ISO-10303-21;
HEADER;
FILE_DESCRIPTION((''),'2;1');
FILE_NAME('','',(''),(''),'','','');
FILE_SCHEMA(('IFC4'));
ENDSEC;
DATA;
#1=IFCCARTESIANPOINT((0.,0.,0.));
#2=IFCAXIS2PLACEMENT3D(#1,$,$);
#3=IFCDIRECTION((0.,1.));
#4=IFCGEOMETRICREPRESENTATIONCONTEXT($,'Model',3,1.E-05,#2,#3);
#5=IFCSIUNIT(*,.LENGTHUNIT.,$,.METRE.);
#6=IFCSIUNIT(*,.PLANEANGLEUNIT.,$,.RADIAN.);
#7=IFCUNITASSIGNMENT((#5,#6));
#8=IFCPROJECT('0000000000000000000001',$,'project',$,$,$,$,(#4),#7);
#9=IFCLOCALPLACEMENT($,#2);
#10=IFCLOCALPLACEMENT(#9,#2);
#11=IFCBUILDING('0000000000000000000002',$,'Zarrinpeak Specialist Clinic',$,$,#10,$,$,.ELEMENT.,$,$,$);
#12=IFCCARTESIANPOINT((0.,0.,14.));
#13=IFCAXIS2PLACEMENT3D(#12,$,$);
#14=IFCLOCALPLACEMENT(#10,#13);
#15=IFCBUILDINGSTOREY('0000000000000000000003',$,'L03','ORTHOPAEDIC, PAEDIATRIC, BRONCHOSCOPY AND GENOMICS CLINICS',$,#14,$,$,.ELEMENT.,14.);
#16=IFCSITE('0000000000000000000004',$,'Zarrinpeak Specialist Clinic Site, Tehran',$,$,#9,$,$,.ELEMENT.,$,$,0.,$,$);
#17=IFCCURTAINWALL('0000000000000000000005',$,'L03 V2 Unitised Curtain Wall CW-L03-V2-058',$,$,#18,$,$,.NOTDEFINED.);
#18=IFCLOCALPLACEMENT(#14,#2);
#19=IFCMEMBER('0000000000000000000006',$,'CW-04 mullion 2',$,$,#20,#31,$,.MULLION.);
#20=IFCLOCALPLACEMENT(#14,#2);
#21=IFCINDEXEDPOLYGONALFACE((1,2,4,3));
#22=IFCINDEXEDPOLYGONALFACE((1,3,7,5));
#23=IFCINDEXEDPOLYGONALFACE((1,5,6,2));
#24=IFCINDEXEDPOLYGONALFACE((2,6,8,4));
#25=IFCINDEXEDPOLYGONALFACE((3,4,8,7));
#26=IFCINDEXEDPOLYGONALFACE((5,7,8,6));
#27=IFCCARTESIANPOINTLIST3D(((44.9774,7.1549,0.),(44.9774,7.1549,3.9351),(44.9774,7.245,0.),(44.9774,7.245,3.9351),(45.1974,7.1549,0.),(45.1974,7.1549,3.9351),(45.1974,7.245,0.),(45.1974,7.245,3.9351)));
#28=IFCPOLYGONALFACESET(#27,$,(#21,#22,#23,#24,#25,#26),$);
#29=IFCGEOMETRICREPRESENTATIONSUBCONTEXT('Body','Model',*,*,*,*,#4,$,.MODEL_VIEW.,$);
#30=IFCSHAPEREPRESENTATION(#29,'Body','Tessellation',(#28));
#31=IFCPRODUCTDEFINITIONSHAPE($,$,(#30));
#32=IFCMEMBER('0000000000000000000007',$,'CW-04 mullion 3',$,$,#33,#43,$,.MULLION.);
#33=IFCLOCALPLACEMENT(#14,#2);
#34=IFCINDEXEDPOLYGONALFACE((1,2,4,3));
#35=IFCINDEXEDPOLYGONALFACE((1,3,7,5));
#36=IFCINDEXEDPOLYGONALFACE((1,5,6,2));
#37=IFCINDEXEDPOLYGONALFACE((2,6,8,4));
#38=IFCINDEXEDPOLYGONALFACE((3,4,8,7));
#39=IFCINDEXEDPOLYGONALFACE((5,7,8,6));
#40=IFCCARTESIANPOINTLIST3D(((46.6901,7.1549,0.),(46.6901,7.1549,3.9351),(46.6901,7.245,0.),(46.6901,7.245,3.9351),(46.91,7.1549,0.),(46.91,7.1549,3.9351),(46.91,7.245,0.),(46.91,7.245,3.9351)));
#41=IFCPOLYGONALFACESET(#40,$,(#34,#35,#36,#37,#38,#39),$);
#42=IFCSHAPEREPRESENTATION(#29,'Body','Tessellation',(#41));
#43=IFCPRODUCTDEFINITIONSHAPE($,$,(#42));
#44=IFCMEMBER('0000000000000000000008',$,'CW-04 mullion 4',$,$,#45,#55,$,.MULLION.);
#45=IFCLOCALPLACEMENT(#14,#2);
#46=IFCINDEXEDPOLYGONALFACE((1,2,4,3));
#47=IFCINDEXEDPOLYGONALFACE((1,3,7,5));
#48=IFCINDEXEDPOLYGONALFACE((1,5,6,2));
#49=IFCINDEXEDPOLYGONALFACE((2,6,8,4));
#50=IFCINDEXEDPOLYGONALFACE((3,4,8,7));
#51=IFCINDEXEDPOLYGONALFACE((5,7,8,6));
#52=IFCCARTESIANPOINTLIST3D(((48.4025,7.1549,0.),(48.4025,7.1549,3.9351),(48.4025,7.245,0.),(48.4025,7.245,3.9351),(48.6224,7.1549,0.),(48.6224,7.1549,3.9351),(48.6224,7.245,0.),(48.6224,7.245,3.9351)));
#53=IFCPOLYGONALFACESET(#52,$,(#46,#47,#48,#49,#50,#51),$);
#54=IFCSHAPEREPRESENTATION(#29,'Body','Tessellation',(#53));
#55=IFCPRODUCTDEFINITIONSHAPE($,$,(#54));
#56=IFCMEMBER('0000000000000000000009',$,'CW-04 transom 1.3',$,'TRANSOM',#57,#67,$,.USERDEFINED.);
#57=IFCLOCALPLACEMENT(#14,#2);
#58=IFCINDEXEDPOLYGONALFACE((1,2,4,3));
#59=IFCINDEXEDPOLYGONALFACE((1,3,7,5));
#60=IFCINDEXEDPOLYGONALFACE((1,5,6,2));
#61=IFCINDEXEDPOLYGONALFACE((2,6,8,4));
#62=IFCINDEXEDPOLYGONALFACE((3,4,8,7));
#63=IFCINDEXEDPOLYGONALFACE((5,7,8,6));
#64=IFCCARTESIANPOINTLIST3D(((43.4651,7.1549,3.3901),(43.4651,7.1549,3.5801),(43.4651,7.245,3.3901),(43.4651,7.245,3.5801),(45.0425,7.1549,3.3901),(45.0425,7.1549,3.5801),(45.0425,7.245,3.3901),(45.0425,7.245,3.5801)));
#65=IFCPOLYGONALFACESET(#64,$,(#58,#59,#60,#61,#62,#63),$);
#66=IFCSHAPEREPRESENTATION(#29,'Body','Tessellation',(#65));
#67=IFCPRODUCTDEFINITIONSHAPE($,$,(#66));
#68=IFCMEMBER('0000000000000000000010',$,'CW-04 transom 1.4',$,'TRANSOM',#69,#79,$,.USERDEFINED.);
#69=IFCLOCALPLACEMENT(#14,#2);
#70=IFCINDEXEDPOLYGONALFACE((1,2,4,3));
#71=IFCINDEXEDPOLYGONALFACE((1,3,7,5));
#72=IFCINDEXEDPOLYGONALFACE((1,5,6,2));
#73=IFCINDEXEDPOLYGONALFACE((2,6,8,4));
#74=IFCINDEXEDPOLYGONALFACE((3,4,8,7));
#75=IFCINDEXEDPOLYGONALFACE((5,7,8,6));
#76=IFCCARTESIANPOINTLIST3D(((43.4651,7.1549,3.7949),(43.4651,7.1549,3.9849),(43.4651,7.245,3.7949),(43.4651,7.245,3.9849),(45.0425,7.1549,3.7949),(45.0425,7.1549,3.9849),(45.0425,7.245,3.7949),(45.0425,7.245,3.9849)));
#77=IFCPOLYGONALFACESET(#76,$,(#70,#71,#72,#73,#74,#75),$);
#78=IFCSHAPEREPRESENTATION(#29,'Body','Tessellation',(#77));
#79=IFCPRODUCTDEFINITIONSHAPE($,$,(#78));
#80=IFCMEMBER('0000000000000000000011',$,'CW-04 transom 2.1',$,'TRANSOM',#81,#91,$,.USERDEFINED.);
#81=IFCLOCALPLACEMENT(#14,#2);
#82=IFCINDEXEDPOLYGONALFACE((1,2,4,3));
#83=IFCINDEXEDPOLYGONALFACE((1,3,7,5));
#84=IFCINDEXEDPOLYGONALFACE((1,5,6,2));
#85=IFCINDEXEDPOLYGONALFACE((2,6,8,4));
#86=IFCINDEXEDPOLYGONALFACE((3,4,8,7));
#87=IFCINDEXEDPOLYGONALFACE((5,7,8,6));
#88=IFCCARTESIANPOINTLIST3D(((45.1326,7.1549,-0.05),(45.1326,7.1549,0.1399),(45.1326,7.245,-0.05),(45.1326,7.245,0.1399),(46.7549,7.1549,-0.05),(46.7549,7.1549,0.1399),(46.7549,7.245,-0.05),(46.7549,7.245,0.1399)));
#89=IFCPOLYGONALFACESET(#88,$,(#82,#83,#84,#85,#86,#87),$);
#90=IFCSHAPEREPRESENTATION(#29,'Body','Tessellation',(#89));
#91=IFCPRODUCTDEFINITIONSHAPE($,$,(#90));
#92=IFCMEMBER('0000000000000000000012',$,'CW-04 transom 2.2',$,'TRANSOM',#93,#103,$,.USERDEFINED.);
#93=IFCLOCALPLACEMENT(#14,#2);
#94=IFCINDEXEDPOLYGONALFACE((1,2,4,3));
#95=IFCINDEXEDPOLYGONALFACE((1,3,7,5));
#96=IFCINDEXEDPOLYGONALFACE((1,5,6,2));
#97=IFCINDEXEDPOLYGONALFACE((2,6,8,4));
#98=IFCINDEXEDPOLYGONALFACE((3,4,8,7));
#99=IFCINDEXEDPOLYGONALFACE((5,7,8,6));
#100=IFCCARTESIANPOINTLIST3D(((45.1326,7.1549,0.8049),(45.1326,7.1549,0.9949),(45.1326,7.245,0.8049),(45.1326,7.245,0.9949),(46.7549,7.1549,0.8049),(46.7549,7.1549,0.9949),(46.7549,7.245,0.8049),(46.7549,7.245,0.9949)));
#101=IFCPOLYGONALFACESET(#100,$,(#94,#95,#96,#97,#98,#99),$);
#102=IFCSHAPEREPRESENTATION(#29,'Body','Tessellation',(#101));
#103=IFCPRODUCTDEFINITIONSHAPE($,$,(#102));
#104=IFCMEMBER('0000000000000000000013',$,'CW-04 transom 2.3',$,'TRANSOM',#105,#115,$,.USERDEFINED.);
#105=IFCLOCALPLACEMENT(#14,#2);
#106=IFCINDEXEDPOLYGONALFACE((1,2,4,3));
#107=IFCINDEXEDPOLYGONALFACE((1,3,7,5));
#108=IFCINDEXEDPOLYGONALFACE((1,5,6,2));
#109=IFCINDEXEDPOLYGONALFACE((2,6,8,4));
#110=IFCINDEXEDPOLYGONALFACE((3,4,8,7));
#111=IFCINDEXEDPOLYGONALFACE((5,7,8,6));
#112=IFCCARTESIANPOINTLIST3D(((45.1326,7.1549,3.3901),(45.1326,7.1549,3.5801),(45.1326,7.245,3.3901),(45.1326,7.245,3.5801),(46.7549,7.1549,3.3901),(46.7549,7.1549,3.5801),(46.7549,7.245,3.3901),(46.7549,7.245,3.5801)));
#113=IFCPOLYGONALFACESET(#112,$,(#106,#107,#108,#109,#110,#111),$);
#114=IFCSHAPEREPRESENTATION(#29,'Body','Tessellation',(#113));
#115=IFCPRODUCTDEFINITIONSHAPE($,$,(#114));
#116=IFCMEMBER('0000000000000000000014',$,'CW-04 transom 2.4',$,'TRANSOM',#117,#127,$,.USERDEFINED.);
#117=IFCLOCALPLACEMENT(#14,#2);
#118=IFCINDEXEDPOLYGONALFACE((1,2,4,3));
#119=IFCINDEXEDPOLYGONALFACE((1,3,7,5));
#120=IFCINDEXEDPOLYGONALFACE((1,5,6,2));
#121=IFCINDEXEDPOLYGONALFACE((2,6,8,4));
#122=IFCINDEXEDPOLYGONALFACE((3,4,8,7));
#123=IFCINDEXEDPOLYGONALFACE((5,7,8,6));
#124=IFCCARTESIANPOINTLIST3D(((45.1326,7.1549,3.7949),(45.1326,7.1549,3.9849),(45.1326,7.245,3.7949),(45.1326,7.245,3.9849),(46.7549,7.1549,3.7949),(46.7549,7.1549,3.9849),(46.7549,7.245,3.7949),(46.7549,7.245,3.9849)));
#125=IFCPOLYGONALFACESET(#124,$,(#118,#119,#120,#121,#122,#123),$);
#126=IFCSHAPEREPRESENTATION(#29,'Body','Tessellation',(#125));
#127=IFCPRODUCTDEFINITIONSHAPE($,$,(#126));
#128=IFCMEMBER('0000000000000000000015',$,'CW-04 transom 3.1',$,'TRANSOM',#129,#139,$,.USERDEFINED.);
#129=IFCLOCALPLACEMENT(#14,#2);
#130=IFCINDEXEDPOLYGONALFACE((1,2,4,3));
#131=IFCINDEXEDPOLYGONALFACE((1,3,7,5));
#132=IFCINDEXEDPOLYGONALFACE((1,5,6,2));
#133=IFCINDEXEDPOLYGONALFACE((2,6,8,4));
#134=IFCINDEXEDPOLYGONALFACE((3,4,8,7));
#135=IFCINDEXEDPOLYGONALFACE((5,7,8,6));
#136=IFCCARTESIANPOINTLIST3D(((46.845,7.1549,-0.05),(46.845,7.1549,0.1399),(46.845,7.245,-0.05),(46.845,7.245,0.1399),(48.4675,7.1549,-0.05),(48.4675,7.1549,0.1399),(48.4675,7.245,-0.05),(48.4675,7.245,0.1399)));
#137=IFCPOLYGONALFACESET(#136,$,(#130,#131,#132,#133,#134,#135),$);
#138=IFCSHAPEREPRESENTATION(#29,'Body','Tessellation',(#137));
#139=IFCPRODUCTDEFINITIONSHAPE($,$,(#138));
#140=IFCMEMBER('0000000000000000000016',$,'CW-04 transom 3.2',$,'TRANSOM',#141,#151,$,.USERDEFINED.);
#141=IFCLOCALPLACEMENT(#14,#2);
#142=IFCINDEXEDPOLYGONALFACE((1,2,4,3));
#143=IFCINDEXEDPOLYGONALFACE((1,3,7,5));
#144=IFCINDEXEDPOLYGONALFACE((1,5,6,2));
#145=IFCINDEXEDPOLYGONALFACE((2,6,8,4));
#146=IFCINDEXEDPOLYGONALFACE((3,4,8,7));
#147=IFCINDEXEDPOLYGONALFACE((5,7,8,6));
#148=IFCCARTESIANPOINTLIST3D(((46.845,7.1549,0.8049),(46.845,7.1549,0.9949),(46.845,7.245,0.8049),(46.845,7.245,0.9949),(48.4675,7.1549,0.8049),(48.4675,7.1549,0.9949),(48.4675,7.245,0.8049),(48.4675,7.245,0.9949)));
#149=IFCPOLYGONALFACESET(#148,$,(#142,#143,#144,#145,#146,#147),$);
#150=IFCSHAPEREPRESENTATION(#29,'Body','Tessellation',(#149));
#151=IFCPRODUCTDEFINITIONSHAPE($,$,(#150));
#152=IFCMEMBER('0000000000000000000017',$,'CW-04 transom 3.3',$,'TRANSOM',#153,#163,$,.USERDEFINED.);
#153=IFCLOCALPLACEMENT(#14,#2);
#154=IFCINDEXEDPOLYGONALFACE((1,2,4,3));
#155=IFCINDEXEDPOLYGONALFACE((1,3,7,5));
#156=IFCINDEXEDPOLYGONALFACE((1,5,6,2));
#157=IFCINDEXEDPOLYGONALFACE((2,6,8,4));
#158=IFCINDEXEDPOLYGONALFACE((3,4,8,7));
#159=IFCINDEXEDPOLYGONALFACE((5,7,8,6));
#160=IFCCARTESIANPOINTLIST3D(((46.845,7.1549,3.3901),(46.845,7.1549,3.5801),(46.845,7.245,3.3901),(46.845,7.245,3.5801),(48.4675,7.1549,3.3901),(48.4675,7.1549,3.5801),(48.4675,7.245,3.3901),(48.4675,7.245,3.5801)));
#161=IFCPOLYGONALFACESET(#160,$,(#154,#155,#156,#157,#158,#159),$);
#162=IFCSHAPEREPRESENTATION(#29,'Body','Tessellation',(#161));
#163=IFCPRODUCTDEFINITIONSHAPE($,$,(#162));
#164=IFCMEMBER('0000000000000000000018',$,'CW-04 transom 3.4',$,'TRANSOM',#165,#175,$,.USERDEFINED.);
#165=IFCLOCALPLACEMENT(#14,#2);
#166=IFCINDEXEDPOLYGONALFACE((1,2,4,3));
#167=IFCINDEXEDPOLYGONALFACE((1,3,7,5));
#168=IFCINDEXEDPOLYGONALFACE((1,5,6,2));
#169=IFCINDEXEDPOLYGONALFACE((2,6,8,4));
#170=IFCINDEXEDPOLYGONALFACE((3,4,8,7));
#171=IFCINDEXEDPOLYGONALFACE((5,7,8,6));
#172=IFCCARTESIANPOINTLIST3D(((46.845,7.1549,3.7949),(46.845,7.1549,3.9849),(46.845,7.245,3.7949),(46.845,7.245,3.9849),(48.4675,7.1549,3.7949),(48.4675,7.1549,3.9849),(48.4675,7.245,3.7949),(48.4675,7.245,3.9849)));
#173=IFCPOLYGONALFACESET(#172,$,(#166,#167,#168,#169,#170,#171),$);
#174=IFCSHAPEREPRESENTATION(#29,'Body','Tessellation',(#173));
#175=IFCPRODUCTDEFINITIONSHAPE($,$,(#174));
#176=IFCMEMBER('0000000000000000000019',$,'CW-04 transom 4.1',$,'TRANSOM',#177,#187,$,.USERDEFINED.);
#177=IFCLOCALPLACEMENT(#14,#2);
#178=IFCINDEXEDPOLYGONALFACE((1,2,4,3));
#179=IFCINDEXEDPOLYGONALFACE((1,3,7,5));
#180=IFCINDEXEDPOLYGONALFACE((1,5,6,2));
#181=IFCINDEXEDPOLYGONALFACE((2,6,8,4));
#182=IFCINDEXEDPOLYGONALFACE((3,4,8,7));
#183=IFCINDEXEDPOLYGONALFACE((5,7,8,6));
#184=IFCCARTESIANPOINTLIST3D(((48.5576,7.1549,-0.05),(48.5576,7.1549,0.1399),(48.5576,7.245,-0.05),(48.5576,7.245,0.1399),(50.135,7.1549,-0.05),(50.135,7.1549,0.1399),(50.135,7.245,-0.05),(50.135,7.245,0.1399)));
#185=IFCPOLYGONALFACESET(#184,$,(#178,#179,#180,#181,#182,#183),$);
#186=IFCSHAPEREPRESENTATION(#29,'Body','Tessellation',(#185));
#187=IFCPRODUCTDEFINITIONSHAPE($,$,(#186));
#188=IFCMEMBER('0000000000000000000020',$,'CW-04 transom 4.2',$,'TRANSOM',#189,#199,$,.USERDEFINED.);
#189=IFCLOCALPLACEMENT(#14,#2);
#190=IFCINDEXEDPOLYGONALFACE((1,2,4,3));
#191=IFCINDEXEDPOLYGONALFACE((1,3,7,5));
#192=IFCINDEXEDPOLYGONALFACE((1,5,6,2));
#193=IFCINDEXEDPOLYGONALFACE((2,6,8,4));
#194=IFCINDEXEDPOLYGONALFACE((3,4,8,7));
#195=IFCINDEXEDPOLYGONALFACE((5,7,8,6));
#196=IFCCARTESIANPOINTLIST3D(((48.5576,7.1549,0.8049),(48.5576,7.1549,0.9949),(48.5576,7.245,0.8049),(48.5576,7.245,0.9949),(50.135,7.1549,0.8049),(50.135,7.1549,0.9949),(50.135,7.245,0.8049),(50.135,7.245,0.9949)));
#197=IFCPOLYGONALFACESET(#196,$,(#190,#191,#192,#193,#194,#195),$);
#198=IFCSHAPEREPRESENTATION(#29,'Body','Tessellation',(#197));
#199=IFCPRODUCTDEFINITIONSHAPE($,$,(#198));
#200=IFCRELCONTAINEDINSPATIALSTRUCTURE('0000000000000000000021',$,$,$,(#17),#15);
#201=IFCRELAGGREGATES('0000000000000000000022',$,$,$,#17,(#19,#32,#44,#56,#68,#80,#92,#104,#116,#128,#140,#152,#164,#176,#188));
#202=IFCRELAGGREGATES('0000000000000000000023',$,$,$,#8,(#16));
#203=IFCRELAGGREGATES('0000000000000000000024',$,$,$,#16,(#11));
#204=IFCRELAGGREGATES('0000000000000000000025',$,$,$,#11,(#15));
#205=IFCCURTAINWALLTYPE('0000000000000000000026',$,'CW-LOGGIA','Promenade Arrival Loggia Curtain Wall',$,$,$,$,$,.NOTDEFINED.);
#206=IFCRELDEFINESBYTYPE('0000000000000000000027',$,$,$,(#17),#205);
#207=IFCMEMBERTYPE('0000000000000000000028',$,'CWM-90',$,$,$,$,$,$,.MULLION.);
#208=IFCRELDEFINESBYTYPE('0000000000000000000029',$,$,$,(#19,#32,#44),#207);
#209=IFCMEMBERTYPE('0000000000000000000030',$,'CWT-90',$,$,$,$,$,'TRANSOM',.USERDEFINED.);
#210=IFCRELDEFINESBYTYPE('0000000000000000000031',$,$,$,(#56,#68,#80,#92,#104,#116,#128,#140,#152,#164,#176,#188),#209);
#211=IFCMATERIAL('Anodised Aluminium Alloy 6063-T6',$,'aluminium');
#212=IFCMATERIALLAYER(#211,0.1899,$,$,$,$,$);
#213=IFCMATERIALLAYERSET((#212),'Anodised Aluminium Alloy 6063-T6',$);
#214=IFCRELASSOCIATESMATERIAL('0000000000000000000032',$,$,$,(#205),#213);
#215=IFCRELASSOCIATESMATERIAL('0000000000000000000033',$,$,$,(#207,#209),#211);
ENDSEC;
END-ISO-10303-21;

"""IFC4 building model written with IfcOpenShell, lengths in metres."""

from ifc_helpers import new_model, si_unit, direction, frame, origin, origin_2d, place, context, subcontext, project, spatial, rectangle, extrude, material, layer, layer_set, material_profile, profile_set, type_object, element, aggregate, save


model = new_model("IFC4")

# Units and contexts
model_context = context("Model", 3, precision=1e-05, world=origin(), true_north=direction((0.0, 1.0)))
body_context = subcontext(model_context, "Body", "Model", "MODEL_VIEW")
ifc_project = project(units=[si_unit("LENGTHUNIT", "METRE"), si_unit("PLANEANGLEUNIT", "RADIAN")], contexts=[model_context])

# Site, building, storey
site_placement = place(None, origin())
site = spatial("IfcSite", under=ifc_project, at=site_placement, Name="Zarrinpeak Specialist Clinic Site, Tehran", CompositionType="ELEMENT", RefElevation=0.0)
building_placement = place(site_placement, origin())
building = spatial("IfcBuilding", under=site, at=building_placement, Name="Zarrinpeak Specialist Clinic", CompositionType="ELEMENT")
storey_placement = place(building_placement, frame((0.0, 0.0, 14.0)))
storey = spatial("IfcBuildingStorey", under=building, at=storey_placement, Name="L03", Description="ORTHOPAEDIC, PAEDIATRIC, BRONCHOSCOPY AND GENOMICS CLINICS", CompositionType="ELEMENT", Elevation=14.0)

# Curtain wall, members
ifc_material_1 = material(Name="Anodised Aluminium Alloy 6063-T6", Category="aluminium")
ifc_layer_1 = layer(ifc_material_1, 0.1899)
ifc_layer_set_1 = layer_set([ifc_layer_1], Name="Anodised Aluminium Alloy 6063-T6")
curtain_wall_type = type_object("IfcCurtainWallType", Name="CW-LOGGIA", Description="Promenade Arrival Loggia Curtain Wall", PredefinedType="NOTDEFINED", material=ifc_layer_set_1)
curtain_wall_placement = place(storey_placement, origin())
curtain_wall = element("IfcCurtainWall", 1, at=curtain_wall_placement, inside=storey, type_object=curtain_wall_type, Name="L03 V2 Unitised Curtain Wall CW-L03-V2-058", PredefinedType="NOTDEFINED")
ifc_material_profile_1 = material_profile(ifc_material_1, rectangle(XDim=0.0901, YDim=0.22, at=origin_2d()), Name="ALU 90x220")
ifc_profile_set_1 = profile_set([ifc_material_profile_1], Name="Anodised Aluminium Alloy 6063-T6")
member_type_1 = type_object("IfcMemberType", Name="CWM-90", PredefinedType="MULLION", material=ifc_profile_set_1)
member_1_placement = place(storey_placement, frame((45.0874, 7.2, 0.0), z_axis=(0.0, 0.0, 1.0), x_axis=(0.0, 1.0, 0.0)))
member_1 = element("IfcMember", 2, at=member_1_placement, type_object=member_type_1, Name="CW-04 mullion 2", PredefinedType="MULLION", context=body_context, shape_type="SweptSolid", body=[
    extrude(rectangle(XDim=0.0901, YDim=0.22, at=origin_2d()), origin(), (0.0, 0.0, 1.0), 3.9351),
])
member_2_placement = place(storey_placement, frame((46.8, 7.2, 0.0), z_axis=(0.0, 0.0, 1.0), x_axis=(0.0, 1.0, 0.0)))
member_2 = element("IfcMember", 3, at=member_2_placement, type_object=member_type_1, Name="CW-04 mullion 3", PredefinedType="MULLION", context=body_context, shape_type="SweptSolid", body=[
    extrude(rectangle(XDim=0.0901, YDim=0.22, at=origin_2d()), origin(), (0.0, 0.0, 1.0), 3.9351),
])
member_3_placement = place(storey_placement, frame((48.5125, 7.2, 0.0), z_axis=(0.0, 0.0, 1.0), x_axis=(0.0, 1.0, 0.0)))
member_3 = element("IfcMember", 4, at=member_3_placement, type_object=member_type_1, Name="CW-04 mullion 4", PredefinedType="MULLION", context=body_context, shape_type="SweptSolid", body=[
    extrude(rectangle(XDim=0.0901, YDim=0.22, at=origin_2d()), origin(), (0.0, 0.0, 1.0), 3.9351),
])
ifc_material_profile_2 = material_profile(ifc_material_1, rectangle(XDim=0.0901, YDim=0.1899, at=origin_2d()), Name="ALU 90x190")
ifc_profile_set_2 = profile_set([ifc_material_profile_2], Name="Anodised Aluminium Alloy 6063-T6")
member_type_2 = type_object("IfcMemberType", Name="CWT-90", ElementType="TRANSOM", PredefinedType="USERDEFINED", material=ifc_profile_set_2)
member_4_placement = place(storey_placement, frame((43.4651, 7.2, 3.4851), z_axis=(1.0, 0.0, 0.0), x_axis=(0.0, 1.0, 0.0)))
member_4 = element("IfcMember", 5, at=member_4_placement, type_object=member_type_2, Name="CW-04 transom 1.3", ObjectType="TRANSOM", PredefinedType="USERDEFINED", context=body_context, shape_type="SweptSolid", body=[
    extrude(rectangle(XDim=0.0901, YDim=0.1899, at=origin_2d()), origin(), (0.0, 0.0, 1.0), 1.5774),
])
member_5_placement = place(storey_placement, frame((43.4651, 7.2, 3.8899), z_axis=(1.0, 0.0, 0.0), x_axis=(0.0, 1.0, 0.0)))
member_5 = element("IfcMember", 6, at=member_5_placement, type_object=member_type_2, Name="CW-04 transom 1.4", ObjectType="TRANSOM", PredefinedType="USERDEFINED", context=body_context, shape_type="SweptSolid", body=[
    extrude(rectangle(XDim=0.0901, YDim=0.1899, at=origin_2d()), origin(), (0.0, 0.0, 1.0), 1.5774),
])
member_6_placement = place(storey_placement, frame((45.1326, 7.2, 0.0449), z_axis=(1.0, 0.0, 0.0), x_axis=(0.0, 1.0, 0.0)))
member_6 = element("IfcMember", 7, at=member_6_placement, type_object=member_type_2, Name="CW-04 transom 2.1", ObjectType="TRANSOM", PredefinedType="USERDEFINED", context=body_context, shape_type="SweptSolid", body=[
    extrude(rectangle(XDim=0.0901, YDim=0.1899, at=origin_2d()), origin(), (0.0, 0.0, 1.0), 1.6223),
])
member_7_placement = place(storey_placement, frame((45.1326, 7.2, 0.8999), z_axis=(1.0, 0.0, 0.0), x_axis=(0.0, 1.0, 0.0)))
member_7 = element("IfcMember", 8, at=member_7_placement, type_object=member_type_2, Name="CW-04 transom 2.2", ObjectType="TRANSOM", PredefinedType="USERDEFINED", context=body_context, shape_type="SweptSolid", body=[
    extrude(rectangle(XDim=0.0901, YDim=0.1899, at=origin_2d()), origin(), (0.0, 0.0, 1.0), 1.6223),
])
member_8_placement = place(storey_placement, frame((45.1326, 7.2, 3.4851), z_axis=(1.0, 0.0, 0.0), x_axis=(0.0, 1.0, 0.0)))
member_8 = element("IfcMember", 9, at=member_8_placement, type_object=member_type_2, Name="CW-04 transom 2.3", ObjectType="TRANSOM", PredefinedType="USERDEFINED", context=body_context, shape_type="SweptSolid", body=[
    extrude(rectangle(XDim=0.0901, YDim=0.1899, at=origin_2d()), origin(), (0.0, 0.0, 1.0), 1.6223),
])
member_9_placement = place(storey_placement, frame((45.1326, 7.2, 3.8899), z_axis=(1.0, 0.0, 0.0), x_axis=(0.0, 1.0, 0.0)))
member_9 = element("IfcMember", 10, at=member_9_placement, type_object=member_type_2, Name="CW-04 transom 2.4", ObjectType="TRANSOM", PredefinedType="USERDEFINED", context=body_context, shape_type="SweptSolid", body=[
    extrude(rectangle(XDim=0.0901, YDim=0.1899, at=origin_2d()), origin(), (0.0, 0.0, 1.0), 1.6223),
])
member_10_placement = place(storey_placement, frame((46.845, 7.2, 0.0449), z_axis=(1.0, 0.0, 0.0), x_axis=(0.0, 1.0, 0.0)))
member_10 = element("IfcMember", 11, at=member_10_placement, type_object=member_type_2, Name="CW-04 transom 3.1", ObjectType="TRANSOM", PredefinedType="USERDEFINED", context=body_context, shape_type="SweptSolid", body=[
    extrude(rectangle(XDim=0.0901, YDim=0.1899, at=origin_2d()), origin(), (0.0, 0.0, 1.0), 1.6226),
])
member_11_placement = place(storey_placement, frame((46.845, 7.2, 0.8999), z_axis=(1.0, 0.0, 0.0), x_axis=(0.0, 1.0, 0.0)))
member_11 = element("IfcMember", 12, at=member_11_placement, type_object=member_type_2, Name="CW-04 transom 3.2", ObjectType="TRANSOM", PredefinedType="USERDEFINED", context=body_context, shape_type="SweptSolid", body=[
    extrude(rectangle(XDim=0.0901, YDim=0.1899, at=origin_2d()), origin(), (0.0, 0.0, 1.0), 1.6226),
])
member_12_placement = place(storey_placement, frame((46.845, 7.2, 3.4851), z_axis=(1.0, 0.0, 0.0), x_axis=(0.0, 1.0, 0.0)))
member_12 = element("IfcMember", 13, at=member_12_placement, type_object=member_type_2, Name="CW-04 transom 3.3", ObjectType="TRANSOM", PredefinedType="USERDEFINED", context=body_context, shape_type="SweptSolid", body=[
    extrude(rectangle(XDim=0.0901, YDim=0.1899, at=origin_2d()), origin(), (0.0, 0.0, 1.0), 1.6226),
])
member_13_placement = place(storey_placement, frame((46.845, 7.2, 3.8899), z_axis=(1.0, 0.0, 0.0), x_axis=(0.0, 1.0, 0.0)))
member_13 = element("IfcMember", 14, at=member_13_placement, type_object=member_type_2, Name="CW-04 transom 3.4", ObjectType="TRANSOM", PredefinedType="USERDEFINED", context=body_context, shape_type="SweptSolid", body=[
    extrude(rectangle(XDim=0.0901, YDim=0.1899, at=origin_2d()), origin(), (0.0, 0.0, 1.0), 1.6226),
])
member_14_placement = place(storey_placement, frame((48.5576, 7.2, 0.0449), z_axis=(1.0, 0.0, 0.0), x_axis=(0.0, 1.0, 0.0)))
member_14 = element("IfcMember", 15, at=member_14_placement, type_object=member_type_2, Name="CW-04 transom 4.1", ObjectType="TRANSOM", PredefinedType="USERDEFINED", context=body_context, shape_type="SweptSolid", body=[
    extrude(rectangle(XDim=0.0901, YDim=0.1899, at=origin_2d()), origin(), (0.0, 0.0, 1.0), 1.5774),
])
member_15_placement = place(storey_placement, frame((48.5576, 7.2, 0.8999), z_axis=(1.0, 0.0, 0.0), x_axis=(0.0, 1.0, 0.0)))
member_15 = element("IfcMember", 16, at=member_15_placement, type_object=member_type_2, Name="CW-04 transom 4.2", ObjectType="TRANSOM", PredefinedType="USERDEFINED", context=body_context, shape_type="SweptSolid", body=[
    extrude(rectangle(XDim=0.0901, YDim=0.1899, at=origin_2d()), origin(), (0.0, 0.0, 1.0), 1.5774),
])
aggregate(curtain_wall, [member_1, member_2, member_3, member_4, member_5, member_6, member_7, member_8, member_9, member_10, member_11, member_12, member_13, member_14, member_15])

save(model, "model.ifc")
